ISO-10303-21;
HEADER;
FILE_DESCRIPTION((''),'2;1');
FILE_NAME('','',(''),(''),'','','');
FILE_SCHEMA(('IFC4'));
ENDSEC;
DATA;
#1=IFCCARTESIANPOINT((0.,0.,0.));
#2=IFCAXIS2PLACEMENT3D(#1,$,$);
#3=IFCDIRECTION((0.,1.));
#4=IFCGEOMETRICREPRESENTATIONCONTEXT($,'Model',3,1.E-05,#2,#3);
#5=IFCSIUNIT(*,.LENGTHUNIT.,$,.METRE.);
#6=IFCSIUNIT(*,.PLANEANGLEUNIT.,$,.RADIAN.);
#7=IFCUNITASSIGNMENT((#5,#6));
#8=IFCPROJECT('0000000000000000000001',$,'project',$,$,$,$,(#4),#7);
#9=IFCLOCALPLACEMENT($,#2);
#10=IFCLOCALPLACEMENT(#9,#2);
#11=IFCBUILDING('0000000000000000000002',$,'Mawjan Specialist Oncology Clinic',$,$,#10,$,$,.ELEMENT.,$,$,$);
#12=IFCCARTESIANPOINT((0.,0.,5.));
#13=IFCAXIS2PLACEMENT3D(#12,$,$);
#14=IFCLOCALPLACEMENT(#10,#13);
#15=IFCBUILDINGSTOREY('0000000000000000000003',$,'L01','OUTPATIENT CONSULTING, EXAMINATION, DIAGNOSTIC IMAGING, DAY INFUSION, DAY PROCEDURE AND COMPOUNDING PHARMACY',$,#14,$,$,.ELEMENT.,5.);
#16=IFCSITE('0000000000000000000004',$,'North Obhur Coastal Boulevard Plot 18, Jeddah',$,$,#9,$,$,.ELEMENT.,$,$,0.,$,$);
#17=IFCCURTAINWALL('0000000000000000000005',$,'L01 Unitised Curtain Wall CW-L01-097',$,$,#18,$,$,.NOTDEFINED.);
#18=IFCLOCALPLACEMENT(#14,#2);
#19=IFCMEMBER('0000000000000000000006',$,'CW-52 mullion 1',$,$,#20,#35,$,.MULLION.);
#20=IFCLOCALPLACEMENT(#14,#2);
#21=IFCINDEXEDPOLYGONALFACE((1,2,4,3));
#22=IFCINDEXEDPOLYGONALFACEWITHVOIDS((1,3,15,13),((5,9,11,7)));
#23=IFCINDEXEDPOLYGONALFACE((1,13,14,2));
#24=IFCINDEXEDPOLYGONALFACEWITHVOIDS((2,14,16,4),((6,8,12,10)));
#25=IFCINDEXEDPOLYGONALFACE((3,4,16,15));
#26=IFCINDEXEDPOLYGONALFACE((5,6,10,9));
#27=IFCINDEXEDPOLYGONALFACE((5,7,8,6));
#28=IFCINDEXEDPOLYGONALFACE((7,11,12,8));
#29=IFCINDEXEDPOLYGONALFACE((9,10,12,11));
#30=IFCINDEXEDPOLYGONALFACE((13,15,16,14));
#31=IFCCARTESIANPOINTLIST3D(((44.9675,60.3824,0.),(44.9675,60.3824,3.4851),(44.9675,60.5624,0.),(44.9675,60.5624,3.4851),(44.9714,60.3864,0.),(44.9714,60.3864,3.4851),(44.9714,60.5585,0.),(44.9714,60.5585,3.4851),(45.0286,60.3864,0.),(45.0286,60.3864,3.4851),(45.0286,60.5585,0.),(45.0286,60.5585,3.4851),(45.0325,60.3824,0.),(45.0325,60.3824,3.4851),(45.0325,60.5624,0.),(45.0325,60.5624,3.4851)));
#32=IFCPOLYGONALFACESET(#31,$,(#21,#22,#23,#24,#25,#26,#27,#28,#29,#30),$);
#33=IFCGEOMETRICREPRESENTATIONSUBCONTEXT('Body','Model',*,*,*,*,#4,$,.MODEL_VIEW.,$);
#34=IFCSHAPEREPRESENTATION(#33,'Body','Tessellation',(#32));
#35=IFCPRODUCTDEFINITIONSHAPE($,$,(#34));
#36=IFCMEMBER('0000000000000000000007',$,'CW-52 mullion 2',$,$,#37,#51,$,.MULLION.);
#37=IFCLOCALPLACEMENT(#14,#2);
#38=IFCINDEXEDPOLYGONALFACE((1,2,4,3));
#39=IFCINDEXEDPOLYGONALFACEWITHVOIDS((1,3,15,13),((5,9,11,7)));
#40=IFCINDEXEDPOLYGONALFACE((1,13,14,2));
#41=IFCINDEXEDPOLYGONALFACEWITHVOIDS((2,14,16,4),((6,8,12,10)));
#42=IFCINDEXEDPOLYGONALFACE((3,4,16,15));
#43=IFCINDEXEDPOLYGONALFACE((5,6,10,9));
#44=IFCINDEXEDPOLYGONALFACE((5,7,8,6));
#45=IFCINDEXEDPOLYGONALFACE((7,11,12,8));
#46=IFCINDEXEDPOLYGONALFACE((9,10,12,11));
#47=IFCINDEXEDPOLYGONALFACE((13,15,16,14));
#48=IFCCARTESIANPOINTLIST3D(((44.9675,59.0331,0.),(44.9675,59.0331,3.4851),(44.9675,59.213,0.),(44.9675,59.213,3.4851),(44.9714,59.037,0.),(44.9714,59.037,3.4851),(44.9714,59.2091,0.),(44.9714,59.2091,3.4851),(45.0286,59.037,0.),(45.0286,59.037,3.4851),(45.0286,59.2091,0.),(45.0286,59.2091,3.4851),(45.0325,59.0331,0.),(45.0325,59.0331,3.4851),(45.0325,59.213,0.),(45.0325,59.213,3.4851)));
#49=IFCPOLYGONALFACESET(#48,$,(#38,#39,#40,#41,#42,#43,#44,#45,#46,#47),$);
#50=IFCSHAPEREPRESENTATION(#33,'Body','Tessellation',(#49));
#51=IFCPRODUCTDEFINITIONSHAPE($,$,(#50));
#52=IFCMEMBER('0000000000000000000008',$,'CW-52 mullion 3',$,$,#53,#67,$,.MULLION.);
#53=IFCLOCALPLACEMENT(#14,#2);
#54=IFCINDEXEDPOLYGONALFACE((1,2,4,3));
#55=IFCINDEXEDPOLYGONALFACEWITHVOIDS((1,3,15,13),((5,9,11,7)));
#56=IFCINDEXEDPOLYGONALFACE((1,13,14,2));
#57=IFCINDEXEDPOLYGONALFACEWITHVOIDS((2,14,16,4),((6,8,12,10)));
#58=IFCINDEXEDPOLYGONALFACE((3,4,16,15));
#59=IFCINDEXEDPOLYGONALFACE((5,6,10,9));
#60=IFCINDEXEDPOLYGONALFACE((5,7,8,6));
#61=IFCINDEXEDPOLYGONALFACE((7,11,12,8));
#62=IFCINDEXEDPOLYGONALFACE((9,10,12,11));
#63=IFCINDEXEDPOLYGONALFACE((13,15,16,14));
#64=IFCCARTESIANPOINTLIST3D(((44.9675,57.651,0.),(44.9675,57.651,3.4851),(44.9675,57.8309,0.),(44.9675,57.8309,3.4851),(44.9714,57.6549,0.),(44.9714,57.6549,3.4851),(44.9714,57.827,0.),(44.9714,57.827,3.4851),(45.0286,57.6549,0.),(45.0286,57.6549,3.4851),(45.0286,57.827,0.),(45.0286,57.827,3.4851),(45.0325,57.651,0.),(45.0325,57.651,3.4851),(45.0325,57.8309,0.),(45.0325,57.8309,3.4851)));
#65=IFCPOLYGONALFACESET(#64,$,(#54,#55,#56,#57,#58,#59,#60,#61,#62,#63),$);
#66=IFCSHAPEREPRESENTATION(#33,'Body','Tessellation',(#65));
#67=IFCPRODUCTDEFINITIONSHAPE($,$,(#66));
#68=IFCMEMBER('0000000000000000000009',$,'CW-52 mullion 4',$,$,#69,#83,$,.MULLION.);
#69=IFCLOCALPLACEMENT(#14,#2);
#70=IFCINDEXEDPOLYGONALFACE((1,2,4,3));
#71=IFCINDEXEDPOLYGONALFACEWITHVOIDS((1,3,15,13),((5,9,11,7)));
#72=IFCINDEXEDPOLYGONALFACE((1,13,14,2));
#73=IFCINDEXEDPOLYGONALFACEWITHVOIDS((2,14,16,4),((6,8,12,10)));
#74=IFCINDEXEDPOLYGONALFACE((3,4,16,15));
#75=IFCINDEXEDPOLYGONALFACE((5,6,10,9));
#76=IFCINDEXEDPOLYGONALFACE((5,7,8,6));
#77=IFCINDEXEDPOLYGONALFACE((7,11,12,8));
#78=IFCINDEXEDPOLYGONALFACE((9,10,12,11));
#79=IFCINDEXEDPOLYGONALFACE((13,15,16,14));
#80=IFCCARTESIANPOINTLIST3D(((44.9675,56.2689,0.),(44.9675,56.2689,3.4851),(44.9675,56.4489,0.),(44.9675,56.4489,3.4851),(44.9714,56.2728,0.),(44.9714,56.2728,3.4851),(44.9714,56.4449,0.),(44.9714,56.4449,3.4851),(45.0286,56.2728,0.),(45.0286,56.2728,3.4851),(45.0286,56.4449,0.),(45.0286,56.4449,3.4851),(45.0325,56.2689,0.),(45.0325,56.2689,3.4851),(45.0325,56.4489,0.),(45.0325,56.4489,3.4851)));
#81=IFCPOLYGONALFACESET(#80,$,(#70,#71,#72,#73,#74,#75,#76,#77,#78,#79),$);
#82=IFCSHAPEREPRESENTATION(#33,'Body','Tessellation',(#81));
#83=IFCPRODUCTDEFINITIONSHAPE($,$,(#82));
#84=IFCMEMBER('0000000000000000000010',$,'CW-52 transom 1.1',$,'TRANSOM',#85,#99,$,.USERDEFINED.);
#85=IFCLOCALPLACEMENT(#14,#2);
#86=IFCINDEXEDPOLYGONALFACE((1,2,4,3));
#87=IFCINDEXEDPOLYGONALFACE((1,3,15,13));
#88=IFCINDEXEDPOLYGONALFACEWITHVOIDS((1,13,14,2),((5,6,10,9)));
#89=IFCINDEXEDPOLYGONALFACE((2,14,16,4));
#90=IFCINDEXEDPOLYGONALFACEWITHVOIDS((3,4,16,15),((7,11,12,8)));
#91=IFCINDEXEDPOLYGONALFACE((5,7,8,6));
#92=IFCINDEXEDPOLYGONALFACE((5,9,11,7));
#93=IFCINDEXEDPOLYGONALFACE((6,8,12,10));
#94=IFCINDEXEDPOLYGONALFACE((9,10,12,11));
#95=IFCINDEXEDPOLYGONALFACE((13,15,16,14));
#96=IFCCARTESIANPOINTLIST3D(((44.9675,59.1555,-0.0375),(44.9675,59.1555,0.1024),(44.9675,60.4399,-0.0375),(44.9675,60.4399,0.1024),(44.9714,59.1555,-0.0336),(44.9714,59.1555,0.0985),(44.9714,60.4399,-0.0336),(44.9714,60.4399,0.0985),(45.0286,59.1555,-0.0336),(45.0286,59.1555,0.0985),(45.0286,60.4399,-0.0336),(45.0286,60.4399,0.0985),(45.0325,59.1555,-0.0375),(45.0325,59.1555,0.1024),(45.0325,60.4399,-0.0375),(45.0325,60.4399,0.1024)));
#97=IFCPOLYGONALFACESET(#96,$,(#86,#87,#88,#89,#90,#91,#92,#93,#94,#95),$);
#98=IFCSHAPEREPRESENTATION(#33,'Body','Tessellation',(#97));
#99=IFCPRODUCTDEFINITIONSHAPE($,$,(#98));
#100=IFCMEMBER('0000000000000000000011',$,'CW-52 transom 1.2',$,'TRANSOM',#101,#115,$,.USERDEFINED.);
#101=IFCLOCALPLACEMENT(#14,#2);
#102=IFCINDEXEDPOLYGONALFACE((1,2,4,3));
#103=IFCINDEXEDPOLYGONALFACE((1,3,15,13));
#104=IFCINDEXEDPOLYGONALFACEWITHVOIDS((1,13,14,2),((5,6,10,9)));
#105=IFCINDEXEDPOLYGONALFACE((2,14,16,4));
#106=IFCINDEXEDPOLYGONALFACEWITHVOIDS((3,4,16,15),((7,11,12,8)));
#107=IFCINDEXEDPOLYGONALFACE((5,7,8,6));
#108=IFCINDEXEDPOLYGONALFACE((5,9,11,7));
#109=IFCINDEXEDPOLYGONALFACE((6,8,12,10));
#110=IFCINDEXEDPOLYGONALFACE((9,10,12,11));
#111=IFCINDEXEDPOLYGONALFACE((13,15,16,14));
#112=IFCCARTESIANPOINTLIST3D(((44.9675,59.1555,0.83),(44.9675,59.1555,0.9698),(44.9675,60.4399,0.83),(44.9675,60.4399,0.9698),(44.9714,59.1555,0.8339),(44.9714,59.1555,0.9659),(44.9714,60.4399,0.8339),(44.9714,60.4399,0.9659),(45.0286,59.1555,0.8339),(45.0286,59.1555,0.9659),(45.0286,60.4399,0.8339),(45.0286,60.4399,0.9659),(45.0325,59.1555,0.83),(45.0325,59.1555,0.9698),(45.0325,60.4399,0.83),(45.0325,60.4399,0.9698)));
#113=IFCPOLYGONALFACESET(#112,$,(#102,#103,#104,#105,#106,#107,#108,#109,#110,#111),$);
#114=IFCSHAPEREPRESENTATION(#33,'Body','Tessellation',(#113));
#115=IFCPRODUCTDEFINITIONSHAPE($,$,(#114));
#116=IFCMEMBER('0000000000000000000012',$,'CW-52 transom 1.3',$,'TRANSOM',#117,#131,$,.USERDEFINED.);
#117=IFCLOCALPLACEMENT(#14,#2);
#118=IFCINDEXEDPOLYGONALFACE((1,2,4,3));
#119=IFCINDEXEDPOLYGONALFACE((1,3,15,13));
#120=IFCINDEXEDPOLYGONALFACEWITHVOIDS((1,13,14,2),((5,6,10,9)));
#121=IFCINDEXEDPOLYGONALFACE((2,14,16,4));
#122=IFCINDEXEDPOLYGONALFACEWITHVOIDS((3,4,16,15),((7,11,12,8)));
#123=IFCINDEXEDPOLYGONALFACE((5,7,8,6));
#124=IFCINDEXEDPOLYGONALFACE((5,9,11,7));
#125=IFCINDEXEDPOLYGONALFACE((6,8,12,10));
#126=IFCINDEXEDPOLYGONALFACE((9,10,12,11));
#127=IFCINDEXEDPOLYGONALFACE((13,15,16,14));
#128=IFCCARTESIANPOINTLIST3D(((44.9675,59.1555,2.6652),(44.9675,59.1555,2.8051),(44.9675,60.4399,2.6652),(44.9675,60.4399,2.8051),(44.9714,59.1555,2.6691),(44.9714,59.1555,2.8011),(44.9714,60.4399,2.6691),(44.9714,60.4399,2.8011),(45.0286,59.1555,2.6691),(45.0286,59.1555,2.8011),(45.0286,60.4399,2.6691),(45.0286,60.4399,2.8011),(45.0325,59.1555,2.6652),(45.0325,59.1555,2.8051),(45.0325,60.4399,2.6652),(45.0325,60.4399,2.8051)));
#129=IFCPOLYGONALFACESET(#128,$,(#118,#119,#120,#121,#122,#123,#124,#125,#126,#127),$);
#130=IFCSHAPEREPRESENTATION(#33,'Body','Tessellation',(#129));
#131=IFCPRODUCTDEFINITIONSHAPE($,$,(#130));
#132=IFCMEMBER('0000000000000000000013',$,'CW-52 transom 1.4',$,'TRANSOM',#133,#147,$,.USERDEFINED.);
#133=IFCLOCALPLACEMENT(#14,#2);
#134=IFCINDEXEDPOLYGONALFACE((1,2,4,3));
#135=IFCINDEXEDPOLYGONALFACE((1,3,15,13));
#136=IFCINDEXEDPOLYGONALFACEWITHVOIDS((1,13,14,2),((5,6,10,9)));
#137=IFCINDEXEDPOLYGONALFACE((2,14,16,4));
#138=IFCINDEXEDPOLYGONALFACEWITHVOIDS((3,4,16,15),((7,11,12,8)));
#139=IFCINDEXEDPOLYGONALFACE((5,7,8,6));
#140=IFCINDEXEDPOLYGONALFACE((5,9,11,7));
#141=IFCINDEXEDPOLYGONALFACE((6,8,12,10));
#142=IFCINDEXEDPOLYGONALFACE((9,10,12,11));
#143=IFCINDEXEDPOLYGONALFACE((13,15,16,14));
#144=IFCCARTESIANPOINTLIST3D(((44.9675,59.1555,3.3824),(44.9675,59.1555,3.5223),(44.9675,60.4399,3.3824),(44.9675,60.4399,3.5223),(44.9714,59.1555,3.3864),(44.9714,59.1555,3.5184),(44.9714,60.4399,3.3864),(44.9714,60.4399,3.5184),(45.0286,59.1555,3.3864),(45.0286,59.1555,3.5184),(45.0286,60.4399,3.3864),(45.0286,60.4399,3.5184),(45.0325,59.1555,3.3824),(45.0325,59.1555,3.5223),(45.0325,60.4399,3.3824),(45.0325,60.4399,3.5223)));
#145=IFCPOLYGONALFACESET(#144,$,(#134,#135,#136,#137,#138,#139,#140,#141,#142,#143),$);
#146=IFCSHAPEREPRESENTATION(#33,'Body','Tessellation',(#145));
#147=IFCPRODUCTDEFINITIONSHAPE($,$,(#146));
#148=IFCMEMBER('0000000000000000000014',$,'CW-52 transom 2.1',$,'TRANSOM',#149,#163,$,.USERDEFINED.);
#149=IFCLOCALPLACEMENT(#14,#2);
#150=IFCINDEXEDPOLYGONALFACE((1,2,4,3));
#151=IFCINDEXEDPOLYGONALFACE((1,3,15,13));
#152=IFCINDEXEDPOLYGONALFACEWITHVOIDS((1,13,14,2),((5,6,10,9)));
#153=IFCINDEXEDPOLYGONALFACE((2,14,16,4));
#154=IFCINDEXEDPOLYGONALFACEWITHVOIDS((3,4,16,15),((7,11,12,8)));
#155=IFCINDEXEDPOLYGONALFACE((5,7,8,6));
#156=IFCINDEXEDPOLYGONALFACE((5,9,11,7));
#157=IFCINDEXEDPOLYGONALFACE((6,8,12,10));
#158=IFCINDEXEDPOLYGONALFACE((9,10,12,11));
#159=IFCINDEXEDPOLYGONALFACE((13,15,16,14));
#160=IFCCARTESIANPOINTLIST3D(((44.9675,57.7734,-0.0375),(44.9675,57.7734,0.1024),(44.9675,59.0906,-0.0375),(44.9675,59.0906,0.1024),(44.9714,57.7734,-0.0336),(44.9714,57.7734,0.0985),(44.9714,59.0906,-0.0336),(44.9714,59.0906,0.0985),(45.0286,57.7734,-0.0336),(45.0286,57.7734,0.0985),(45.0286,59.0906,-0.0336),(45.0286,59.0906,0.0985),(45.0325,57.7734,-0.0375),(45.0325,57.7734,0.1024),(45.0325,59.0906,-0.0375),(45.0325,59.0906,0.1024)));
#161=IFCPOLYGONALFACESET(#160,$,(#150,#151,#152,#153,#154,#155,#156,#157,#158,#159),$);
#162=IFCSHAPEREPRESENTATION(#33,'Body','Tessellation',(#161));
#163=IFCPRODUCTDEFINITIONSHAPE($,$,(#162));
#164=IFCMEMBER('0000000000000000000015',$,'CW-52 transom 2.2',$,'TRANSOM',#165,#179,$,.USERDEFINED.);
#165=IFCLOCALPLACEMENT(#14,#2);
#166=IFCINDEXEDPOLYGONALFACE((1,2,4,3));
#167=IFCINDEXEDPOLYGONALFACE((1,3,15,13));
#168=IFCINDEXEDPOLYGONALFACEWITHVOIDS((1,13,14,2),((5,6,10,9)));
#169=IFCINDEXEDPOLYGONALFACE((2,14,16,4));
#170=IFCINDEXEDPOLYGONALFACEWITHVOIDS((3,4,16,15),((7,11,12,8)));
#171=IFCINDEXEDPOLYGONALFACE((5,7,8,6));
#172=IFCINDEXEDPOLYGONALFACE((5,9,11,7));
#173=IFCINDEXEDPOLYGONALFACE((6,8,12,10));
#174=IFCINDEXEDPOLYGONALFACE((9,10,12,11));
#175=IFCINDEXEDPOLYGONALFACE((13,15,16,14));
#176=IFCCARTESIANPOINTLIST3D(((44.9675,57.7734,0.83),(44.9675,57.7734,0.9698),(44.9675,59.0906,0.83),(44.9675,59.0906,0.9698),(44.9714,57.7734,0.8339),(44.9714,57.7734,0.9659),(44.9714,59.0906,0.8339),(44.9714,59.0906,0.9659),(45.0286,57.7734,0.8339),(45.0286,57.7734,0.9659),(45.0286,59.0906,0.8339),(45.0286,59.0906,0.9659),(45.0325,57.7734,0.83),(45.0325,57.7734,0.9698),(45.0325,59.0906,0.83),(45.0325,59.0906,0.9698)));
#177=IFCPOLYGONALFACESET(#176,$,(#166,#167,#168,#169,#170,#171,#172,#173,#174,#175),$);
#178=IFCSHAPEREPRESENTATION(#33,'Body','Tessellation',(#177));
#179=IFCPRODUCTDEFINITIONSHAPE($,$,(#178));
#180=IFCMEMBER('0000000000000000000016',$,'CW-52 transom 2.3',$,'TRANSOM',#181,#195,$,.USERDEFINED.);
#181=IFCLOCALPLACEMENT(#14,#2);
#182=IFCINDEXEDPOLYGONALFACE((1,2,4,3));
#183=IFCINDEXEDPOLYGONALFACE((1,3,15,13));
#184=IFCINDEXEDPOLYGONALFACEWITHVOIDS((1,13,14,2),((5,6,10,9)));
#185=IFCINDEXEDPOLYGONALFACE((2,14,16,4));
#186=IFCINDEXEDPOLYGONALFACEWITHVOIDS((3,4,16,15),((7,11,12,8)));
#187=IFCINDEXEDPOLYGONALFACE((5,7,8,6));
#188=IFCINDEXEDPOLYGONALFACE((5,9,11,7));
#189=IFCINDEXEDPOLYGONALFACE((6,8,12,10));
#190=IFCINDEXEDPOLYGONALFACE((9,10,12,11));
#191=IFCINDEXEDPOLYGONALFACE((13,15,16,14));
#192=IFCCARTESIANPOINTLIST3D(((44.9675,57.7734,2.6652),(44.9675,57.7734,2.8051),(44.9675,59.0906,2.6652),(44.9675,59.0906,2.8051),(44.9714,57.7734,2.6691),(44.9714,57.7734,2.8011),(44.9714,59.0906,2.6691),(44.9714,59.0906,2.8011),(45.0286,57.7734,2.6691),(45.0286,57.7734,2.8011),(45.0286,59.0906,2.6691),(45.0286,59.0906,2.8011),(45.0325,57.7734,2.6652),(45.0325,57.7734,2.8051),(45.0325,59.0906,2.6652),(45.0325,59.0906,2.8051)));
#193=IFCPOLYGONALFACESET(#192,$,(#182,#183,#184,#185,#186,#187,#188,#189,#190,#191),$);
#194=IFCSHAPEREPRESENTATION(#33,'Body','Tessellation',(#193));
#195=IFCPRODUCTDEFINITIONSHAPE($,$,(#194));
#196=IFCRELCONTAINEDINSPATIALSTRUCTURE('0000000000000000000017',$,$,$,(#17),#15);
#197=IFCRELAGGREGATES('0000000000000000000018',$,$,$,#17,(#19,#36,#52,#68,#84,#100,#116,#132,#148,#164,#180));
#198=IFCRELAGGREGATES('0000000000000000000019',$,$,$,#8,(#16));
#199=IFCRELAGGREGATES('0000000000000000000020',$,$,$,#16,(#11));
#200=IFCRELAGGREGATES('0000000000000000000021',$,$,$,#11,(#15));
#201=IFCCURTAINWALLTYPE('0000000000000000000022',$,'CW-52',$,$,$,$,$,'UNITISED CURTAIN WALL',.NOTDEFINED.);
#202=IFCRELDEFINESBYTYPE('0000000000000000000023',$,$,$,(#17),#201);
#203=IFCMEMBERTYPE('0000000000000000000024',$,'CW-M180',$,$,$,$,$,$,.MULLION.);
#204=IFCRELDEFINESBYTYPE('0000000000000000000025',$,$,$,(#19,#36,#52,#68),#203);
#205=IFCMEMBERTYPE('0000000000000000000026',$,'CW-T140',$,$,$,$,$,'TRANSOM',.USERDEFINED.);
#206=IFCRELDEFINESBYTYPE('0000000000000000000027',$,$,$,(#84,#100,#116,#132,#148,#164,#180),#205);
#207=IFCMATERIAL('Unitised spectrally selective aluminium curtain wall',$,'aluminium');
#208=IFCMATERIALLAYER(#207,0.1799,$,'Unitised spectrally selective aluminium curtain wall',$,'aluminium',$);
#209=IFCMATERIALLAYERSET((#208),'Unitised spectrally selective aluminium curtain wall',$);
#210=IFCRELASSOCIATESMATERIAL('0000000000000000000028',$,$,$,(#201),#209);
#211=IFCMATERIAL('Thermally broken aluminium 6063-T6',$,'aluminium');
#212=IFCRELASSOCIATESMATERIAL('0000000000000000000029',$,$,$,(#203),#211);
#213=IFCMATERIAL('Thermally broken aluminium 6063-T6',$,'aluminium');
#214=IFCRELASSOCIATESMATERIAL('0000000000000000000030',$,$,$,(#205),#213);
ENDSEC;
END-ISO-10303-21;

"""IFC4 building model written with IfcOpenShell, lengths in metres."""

from ifc_helpers import new_model, si_unit, direction, frame, origin, origin_2d, place, context, subcontext, project, spatial, hollow_rectangle, extrude, material, layer, layer_set, material_profile, profile_set, type_object, element, aggregate, save


model = new_model("IFC4")

# Units and contexts
model_context = context("Model", 3, precision=1e-05, world=origin(), true_north=direction((0.0, 1.0)))
body_context = subcontext(model_context, "Body", "Model", "MODEL_VIEW")
ifc_project = project(units=[si_unit("LENGTHUNIT", "METRE"), si_unit("PLANEANGLEUNIT", "RADIAN")], contexts=[model_context])

# Site, building, storey
site_placement = place(None, origin())
site = spatial("IfcSite", under=ifc_project, at=site_placement, Name="North Obhur Coastal Boulevard Plot 18, Jeddah", CompositionType="ELEMENT", RefElevation=0.0)
building_placement = place(site_placement, origin())
building = spatial("IfcBuilding", under=site, at=building_placement, Name="Mawjan Specialist Oncology Clinic", CompositionType="ELEMENT")
storey_placement = place(building_placement, frame((0.0, 0.0, 5.0)))
storey = spatial("IfcBuildingStorey", under=building, at=storey_placement, Name="L01", Description="OUTPATIENT CONSULTING, EXAMINATION, DIAGNOSTIC IMAGING, DAY INFUSION, DAY PROCEDURE AND COMPOUNDING PHARMACY", CompositionType="ELEMENT", Elevation=5.0)

# Curtain wall, members
ifc_material_1 = material(Name="Unitised spectrally selective aluminium curtain wall", Category="aluminium")
ifc_layer_1 = layer(ifc_material_1, 0.1799, Name="Unitised spectrally selective aluminium curtain wall", Category="aluminium")
ifc_layer_set_1 = layer_set([ifc_layer_1], Name="Unitised spectrally selective aluminium curtain wall")
curtain_wall_type = type_object("IfcCurtainWallType", Name="CW-52", ElementType="UNITISED CURTAIN WALL", PredefinedType="NOTDEFINED", material=ifc_layer_set_1)
curtain_wall_1_placement = place(storey_placement, origin())
curtain_wall_1 = element("IfcCurtainWall", 1, at=curtain_wall_1_placement, inside=storey, type_object=curtain_wall_type, Name="L01 Unitised Curtain Wall CW-L01-097", PredefinedType="NOTDEFINED")
ifc_material_2 = material(Name="Thermally broken aluminium 6063-T6", Category="aluminium")
ifc_material_profile_1 = material_profile(ifc_material_2, hollow_rectangle(XDim=0.0649, YDim=0.1799, WallThickness=0.0039, at=origin_2d()), Name="ALU MULLION 180x65x4", Category="aluminium")
ifc_profile_set_1 = profile_set([ifc_material_profile_1], Name="Thermally broken aluminium 6063-T6")
member_type_1 = type_object("IfcMemberType", Name="CW-M180", PredefinedType="MULLION", material=ifc_profile_set_1)
member_1_placement = place(storey_placement, frame((45.0, 60.4724, 0.0), z_axis=(0.0, 0.0, 1.0), x_axis=(1.0, 0.0, 0.0)))
member_1 = element("IfcMember", 2, at=member_1_placement, type_object=member_type_1, Name="CW-52 mullion 1", PredefinedType="MULLION", context=body_context, shape_type="SweptSolid", body=[
    extrude(hollow_rectangle(XDim=0.0649, YDim=0.1799, WallThickness=0.0039, at=origin_2d()), origin(), (0.0, 0.0, 1.0), 3.4851),
])
member_2_placement = place(storey_placement, frame((45.0, 59.123, 0.0), z_axis=(0.0, 0.0, 1.0), x_axis=(1.0, 0.0, 0.0)))
member_2 = element("IfcMember", 3, at=member_2_placement, type_object=member_type_1, Name="CW-52 mullion 2", PredefinedType="MULLION", context=body_context, shape_type="SweptSolid", body=[
    extrude(hollow_rectangle(XDim=0.0649, YDim=0.1799, WallThickness=0.0039, at=origin_2d()), origin(), (0.0, 0.0, 1.0), 3.4851),
])
member_3_placement = place(storey_placement, frame((45.0, 57.741, 0.0), z_axis=(0.0, 0.0, 1.0), x_axis=(1.0, 0.0, 0.0)))
member_3 = element("IfcMember", 4, at=member_3_placement, type_object=member_type_1, Name="CW-52 mullion 3", PredefinedType="MULLION", context=body_context, shape_type="SweptSolid", body=[
    extrude(hollow_rectangle(XDim=0.0649, YDim=0.1799, WallThickness=0.0039, at=origin_2d()), origin(), (0.0, 0.0, 1.0), 3.4851),
])
member_4_placement = place(storey_placement, frame((45.0, 56.3589, 0.0), z_axis=(0.0, 0.0, 1.0), x_axis=(1.0, 0.0, 0.0)))
member_4 = element("IfcMember", 5, at=member_4_placement, type_object=member_type_1, Name="CW-52 mullion 4", PredefinedType="MULLION", context=body_context, shape_type="SweptSolid", body=[
    extrude(hollow_rectangle(XDim=0.0649, YDim=0.1799, WallThickness=0.0039, at=origin_2d()), origin(), (0.0, 0.0, 1.0), 3.4851),
])
ifc_material_3 = material(Name="Thermally broken aluminium 6063-T6", Category="aluminium")
ifc_material_profile_2 = material_profile(ifc_material_3, hollow_rectangle(XDim=0.0649, YDim=0.1399, WallThickness=0.0039, at=origin_2d()), Name="ALU TRANSOM 140x65x4", Category="aluminium")
ifc_profile_set_2 = profile_set([ifc_material_profile_2], Name="Thermally broken aluminium 6063-T6")
member_type_2 = type_object("IfcMemberType", Name="CW-T140", ElementType="TRANSOM", PredefinedType="USERDEFINED", material=ifc_profile_set_2)
member_5_placement = place(storey_placement, frame((45.0, 60.4399, 0.0325), z_axis=(0.0, -1.0, 0.0), x_axis=(1.0, 0.0, 0.0)))
member_5 = element("IfcMember", 6, at=member_5_placement, type_object=member_type_2, Name="CW-52 transom 1.1", ObjectType="TRANSOM", PredefinedType="USERDEFINED", context=body_context, shape_type="SweptSolid", body=[
    extrude(hollow_rectangle(XDim=0.0649, YDim=0.1399, WallThickness=0.0039, at=origin_2d()), origin(), (0.0, 0.0, 1.0), 1.2844),
])
member_6_placement = place(storey_placement, frame((45.0, 60.4399, 0.8999), z_axis=(0.0, -1.0, 0.0), x_axis=(1.0, 0.0, 0.0)))
member_6 = element("IfcMember", 7, at=member_6_placement, type_object=member_type_2, Name="CW-52 transom 1.2", ObjectType="TRANSOM", PredefinedType="USERDEFINED", context=body_context, shape_type="SweptSolid", body=[
    extrude(hollow_rectangle(XDim=0.0649, YDim=0.1399, WallThickness=0.0039, at=origin_2d()), origin(), (0.0, 0.0, 1.0), 1.2844),
])
member_7_placement = place(storey_placement, frame((45.0, 60.4399, 2.7351), z_axis=(0.0, -1.0, 0.0), x_axis=(1.0, 0.0, 0.0)))
member_7 = element("IfcMember", 8, at=member_7_placement, type_object=member_type_2, Name="CW-52 transom 1.3", ObjectType="TRANSOM", PredefinedType="USERDEFINED", context=body_context, shape_type="SweptSolid", body=[
    extrude(hollow_rectangle(XDim=0.0649, YDim=0.1399, WallThickness=0.0039, at=origin_2d()), origin(), (0.0, 0.0, 1.0), 1.2844),
])
member_8_placement = place(storey_placement, frame((45.0, 60.4399, 3.4524), z_axis=(0.0, -1.0, 0.0), x_axis=(1.0, 0.0, 0.0)))
member_8 = element("IfcMember", 9, at=member_8_placement, type_object=member_type_2, Name="CW-52 transom 1.4", ObjectType="TRANSOM", PredefinedType="USERDEFINED", context=body_context, shape_type="SweptSolid", body=[
    extrude(hollow_rectangle(XDim=0.0649, YDim=0.1399, WallThickness=0.0039, at=origin_2d()), origin(), (0.0, 0.0, 1.0), 1.2844),
])
member_9_placement = place(storey_placement, frame((45.0, 59.0906, 0.0325), z_axis=(0.0, -1.0, 0.0), x_axis=(1.0, 0.0, 0.0)))
member_9 = element("IfcMember", 10, at=member_9_placement, type_object=member_type_2, Name="CW-52 transom 2.1", ObjectType="TRANSOM", PredefinedType="USERDEFINED", context=body_context, shape_type="SweptSolid", body=[
    extrude(hollow_rectangle(XDim=0.0649, YDim=0.1399, WallThickness=0.0039, at=origin_2d()), origin(), (0.0, 0.0, 1.0), 1.3171),
])
member_10_placement = place(storey_placement, frame((45.0, 59.0906, 0.8999), z_axis=(0.0, -1.0, 0.0), x_axis=(1.0, 0.0, 0.0)))
member_10 = element("IfcMember", 11, at=member_10_placement, type_object=member_type_2, Name="CW-52 transom 2.2", ObjectType="TRANSOM", PredefinedType="USERDEFINED", context=body_context, shape_type="SweptSolid", body=[
    extrude(hollow_rectangle(XDim=0.0649, YDim=0.1399, WallThickness=0.0039, at=origin_2d()), origin(), (0.0, 0.0, 1.0), 1.3171),
])
member_11_placement = place(storey_placement, frame((45.0, 59.0906, 2.7351), z_axis=(0.0, -1.0, 0.0), x_axis=(1.0, 0.0, 0.0)))
member_11 = element("IfcMember", 12, at=member_11_placement, type_object=member_type_2, Name="CW-52 transom 2.3", ObjectType="TRANSOM", PredefinedType="USERDEFINED", context=body_context, shape_type="SweptSolid", body=[
    extrude(hollow_rectangle(XDim=0.0649, YDim=0.1399, WallThickness=0.0039, at=origin_2d()), origin(), (0.0, 0.0, 1.0), 1.3171),
])

aggregate(curtain_wall_1, [member_1, member_2, member_3, member_4, member_5, member_6, member_7, member_8, member_9, member_10, member_11])

save(model, "model.ifc")
